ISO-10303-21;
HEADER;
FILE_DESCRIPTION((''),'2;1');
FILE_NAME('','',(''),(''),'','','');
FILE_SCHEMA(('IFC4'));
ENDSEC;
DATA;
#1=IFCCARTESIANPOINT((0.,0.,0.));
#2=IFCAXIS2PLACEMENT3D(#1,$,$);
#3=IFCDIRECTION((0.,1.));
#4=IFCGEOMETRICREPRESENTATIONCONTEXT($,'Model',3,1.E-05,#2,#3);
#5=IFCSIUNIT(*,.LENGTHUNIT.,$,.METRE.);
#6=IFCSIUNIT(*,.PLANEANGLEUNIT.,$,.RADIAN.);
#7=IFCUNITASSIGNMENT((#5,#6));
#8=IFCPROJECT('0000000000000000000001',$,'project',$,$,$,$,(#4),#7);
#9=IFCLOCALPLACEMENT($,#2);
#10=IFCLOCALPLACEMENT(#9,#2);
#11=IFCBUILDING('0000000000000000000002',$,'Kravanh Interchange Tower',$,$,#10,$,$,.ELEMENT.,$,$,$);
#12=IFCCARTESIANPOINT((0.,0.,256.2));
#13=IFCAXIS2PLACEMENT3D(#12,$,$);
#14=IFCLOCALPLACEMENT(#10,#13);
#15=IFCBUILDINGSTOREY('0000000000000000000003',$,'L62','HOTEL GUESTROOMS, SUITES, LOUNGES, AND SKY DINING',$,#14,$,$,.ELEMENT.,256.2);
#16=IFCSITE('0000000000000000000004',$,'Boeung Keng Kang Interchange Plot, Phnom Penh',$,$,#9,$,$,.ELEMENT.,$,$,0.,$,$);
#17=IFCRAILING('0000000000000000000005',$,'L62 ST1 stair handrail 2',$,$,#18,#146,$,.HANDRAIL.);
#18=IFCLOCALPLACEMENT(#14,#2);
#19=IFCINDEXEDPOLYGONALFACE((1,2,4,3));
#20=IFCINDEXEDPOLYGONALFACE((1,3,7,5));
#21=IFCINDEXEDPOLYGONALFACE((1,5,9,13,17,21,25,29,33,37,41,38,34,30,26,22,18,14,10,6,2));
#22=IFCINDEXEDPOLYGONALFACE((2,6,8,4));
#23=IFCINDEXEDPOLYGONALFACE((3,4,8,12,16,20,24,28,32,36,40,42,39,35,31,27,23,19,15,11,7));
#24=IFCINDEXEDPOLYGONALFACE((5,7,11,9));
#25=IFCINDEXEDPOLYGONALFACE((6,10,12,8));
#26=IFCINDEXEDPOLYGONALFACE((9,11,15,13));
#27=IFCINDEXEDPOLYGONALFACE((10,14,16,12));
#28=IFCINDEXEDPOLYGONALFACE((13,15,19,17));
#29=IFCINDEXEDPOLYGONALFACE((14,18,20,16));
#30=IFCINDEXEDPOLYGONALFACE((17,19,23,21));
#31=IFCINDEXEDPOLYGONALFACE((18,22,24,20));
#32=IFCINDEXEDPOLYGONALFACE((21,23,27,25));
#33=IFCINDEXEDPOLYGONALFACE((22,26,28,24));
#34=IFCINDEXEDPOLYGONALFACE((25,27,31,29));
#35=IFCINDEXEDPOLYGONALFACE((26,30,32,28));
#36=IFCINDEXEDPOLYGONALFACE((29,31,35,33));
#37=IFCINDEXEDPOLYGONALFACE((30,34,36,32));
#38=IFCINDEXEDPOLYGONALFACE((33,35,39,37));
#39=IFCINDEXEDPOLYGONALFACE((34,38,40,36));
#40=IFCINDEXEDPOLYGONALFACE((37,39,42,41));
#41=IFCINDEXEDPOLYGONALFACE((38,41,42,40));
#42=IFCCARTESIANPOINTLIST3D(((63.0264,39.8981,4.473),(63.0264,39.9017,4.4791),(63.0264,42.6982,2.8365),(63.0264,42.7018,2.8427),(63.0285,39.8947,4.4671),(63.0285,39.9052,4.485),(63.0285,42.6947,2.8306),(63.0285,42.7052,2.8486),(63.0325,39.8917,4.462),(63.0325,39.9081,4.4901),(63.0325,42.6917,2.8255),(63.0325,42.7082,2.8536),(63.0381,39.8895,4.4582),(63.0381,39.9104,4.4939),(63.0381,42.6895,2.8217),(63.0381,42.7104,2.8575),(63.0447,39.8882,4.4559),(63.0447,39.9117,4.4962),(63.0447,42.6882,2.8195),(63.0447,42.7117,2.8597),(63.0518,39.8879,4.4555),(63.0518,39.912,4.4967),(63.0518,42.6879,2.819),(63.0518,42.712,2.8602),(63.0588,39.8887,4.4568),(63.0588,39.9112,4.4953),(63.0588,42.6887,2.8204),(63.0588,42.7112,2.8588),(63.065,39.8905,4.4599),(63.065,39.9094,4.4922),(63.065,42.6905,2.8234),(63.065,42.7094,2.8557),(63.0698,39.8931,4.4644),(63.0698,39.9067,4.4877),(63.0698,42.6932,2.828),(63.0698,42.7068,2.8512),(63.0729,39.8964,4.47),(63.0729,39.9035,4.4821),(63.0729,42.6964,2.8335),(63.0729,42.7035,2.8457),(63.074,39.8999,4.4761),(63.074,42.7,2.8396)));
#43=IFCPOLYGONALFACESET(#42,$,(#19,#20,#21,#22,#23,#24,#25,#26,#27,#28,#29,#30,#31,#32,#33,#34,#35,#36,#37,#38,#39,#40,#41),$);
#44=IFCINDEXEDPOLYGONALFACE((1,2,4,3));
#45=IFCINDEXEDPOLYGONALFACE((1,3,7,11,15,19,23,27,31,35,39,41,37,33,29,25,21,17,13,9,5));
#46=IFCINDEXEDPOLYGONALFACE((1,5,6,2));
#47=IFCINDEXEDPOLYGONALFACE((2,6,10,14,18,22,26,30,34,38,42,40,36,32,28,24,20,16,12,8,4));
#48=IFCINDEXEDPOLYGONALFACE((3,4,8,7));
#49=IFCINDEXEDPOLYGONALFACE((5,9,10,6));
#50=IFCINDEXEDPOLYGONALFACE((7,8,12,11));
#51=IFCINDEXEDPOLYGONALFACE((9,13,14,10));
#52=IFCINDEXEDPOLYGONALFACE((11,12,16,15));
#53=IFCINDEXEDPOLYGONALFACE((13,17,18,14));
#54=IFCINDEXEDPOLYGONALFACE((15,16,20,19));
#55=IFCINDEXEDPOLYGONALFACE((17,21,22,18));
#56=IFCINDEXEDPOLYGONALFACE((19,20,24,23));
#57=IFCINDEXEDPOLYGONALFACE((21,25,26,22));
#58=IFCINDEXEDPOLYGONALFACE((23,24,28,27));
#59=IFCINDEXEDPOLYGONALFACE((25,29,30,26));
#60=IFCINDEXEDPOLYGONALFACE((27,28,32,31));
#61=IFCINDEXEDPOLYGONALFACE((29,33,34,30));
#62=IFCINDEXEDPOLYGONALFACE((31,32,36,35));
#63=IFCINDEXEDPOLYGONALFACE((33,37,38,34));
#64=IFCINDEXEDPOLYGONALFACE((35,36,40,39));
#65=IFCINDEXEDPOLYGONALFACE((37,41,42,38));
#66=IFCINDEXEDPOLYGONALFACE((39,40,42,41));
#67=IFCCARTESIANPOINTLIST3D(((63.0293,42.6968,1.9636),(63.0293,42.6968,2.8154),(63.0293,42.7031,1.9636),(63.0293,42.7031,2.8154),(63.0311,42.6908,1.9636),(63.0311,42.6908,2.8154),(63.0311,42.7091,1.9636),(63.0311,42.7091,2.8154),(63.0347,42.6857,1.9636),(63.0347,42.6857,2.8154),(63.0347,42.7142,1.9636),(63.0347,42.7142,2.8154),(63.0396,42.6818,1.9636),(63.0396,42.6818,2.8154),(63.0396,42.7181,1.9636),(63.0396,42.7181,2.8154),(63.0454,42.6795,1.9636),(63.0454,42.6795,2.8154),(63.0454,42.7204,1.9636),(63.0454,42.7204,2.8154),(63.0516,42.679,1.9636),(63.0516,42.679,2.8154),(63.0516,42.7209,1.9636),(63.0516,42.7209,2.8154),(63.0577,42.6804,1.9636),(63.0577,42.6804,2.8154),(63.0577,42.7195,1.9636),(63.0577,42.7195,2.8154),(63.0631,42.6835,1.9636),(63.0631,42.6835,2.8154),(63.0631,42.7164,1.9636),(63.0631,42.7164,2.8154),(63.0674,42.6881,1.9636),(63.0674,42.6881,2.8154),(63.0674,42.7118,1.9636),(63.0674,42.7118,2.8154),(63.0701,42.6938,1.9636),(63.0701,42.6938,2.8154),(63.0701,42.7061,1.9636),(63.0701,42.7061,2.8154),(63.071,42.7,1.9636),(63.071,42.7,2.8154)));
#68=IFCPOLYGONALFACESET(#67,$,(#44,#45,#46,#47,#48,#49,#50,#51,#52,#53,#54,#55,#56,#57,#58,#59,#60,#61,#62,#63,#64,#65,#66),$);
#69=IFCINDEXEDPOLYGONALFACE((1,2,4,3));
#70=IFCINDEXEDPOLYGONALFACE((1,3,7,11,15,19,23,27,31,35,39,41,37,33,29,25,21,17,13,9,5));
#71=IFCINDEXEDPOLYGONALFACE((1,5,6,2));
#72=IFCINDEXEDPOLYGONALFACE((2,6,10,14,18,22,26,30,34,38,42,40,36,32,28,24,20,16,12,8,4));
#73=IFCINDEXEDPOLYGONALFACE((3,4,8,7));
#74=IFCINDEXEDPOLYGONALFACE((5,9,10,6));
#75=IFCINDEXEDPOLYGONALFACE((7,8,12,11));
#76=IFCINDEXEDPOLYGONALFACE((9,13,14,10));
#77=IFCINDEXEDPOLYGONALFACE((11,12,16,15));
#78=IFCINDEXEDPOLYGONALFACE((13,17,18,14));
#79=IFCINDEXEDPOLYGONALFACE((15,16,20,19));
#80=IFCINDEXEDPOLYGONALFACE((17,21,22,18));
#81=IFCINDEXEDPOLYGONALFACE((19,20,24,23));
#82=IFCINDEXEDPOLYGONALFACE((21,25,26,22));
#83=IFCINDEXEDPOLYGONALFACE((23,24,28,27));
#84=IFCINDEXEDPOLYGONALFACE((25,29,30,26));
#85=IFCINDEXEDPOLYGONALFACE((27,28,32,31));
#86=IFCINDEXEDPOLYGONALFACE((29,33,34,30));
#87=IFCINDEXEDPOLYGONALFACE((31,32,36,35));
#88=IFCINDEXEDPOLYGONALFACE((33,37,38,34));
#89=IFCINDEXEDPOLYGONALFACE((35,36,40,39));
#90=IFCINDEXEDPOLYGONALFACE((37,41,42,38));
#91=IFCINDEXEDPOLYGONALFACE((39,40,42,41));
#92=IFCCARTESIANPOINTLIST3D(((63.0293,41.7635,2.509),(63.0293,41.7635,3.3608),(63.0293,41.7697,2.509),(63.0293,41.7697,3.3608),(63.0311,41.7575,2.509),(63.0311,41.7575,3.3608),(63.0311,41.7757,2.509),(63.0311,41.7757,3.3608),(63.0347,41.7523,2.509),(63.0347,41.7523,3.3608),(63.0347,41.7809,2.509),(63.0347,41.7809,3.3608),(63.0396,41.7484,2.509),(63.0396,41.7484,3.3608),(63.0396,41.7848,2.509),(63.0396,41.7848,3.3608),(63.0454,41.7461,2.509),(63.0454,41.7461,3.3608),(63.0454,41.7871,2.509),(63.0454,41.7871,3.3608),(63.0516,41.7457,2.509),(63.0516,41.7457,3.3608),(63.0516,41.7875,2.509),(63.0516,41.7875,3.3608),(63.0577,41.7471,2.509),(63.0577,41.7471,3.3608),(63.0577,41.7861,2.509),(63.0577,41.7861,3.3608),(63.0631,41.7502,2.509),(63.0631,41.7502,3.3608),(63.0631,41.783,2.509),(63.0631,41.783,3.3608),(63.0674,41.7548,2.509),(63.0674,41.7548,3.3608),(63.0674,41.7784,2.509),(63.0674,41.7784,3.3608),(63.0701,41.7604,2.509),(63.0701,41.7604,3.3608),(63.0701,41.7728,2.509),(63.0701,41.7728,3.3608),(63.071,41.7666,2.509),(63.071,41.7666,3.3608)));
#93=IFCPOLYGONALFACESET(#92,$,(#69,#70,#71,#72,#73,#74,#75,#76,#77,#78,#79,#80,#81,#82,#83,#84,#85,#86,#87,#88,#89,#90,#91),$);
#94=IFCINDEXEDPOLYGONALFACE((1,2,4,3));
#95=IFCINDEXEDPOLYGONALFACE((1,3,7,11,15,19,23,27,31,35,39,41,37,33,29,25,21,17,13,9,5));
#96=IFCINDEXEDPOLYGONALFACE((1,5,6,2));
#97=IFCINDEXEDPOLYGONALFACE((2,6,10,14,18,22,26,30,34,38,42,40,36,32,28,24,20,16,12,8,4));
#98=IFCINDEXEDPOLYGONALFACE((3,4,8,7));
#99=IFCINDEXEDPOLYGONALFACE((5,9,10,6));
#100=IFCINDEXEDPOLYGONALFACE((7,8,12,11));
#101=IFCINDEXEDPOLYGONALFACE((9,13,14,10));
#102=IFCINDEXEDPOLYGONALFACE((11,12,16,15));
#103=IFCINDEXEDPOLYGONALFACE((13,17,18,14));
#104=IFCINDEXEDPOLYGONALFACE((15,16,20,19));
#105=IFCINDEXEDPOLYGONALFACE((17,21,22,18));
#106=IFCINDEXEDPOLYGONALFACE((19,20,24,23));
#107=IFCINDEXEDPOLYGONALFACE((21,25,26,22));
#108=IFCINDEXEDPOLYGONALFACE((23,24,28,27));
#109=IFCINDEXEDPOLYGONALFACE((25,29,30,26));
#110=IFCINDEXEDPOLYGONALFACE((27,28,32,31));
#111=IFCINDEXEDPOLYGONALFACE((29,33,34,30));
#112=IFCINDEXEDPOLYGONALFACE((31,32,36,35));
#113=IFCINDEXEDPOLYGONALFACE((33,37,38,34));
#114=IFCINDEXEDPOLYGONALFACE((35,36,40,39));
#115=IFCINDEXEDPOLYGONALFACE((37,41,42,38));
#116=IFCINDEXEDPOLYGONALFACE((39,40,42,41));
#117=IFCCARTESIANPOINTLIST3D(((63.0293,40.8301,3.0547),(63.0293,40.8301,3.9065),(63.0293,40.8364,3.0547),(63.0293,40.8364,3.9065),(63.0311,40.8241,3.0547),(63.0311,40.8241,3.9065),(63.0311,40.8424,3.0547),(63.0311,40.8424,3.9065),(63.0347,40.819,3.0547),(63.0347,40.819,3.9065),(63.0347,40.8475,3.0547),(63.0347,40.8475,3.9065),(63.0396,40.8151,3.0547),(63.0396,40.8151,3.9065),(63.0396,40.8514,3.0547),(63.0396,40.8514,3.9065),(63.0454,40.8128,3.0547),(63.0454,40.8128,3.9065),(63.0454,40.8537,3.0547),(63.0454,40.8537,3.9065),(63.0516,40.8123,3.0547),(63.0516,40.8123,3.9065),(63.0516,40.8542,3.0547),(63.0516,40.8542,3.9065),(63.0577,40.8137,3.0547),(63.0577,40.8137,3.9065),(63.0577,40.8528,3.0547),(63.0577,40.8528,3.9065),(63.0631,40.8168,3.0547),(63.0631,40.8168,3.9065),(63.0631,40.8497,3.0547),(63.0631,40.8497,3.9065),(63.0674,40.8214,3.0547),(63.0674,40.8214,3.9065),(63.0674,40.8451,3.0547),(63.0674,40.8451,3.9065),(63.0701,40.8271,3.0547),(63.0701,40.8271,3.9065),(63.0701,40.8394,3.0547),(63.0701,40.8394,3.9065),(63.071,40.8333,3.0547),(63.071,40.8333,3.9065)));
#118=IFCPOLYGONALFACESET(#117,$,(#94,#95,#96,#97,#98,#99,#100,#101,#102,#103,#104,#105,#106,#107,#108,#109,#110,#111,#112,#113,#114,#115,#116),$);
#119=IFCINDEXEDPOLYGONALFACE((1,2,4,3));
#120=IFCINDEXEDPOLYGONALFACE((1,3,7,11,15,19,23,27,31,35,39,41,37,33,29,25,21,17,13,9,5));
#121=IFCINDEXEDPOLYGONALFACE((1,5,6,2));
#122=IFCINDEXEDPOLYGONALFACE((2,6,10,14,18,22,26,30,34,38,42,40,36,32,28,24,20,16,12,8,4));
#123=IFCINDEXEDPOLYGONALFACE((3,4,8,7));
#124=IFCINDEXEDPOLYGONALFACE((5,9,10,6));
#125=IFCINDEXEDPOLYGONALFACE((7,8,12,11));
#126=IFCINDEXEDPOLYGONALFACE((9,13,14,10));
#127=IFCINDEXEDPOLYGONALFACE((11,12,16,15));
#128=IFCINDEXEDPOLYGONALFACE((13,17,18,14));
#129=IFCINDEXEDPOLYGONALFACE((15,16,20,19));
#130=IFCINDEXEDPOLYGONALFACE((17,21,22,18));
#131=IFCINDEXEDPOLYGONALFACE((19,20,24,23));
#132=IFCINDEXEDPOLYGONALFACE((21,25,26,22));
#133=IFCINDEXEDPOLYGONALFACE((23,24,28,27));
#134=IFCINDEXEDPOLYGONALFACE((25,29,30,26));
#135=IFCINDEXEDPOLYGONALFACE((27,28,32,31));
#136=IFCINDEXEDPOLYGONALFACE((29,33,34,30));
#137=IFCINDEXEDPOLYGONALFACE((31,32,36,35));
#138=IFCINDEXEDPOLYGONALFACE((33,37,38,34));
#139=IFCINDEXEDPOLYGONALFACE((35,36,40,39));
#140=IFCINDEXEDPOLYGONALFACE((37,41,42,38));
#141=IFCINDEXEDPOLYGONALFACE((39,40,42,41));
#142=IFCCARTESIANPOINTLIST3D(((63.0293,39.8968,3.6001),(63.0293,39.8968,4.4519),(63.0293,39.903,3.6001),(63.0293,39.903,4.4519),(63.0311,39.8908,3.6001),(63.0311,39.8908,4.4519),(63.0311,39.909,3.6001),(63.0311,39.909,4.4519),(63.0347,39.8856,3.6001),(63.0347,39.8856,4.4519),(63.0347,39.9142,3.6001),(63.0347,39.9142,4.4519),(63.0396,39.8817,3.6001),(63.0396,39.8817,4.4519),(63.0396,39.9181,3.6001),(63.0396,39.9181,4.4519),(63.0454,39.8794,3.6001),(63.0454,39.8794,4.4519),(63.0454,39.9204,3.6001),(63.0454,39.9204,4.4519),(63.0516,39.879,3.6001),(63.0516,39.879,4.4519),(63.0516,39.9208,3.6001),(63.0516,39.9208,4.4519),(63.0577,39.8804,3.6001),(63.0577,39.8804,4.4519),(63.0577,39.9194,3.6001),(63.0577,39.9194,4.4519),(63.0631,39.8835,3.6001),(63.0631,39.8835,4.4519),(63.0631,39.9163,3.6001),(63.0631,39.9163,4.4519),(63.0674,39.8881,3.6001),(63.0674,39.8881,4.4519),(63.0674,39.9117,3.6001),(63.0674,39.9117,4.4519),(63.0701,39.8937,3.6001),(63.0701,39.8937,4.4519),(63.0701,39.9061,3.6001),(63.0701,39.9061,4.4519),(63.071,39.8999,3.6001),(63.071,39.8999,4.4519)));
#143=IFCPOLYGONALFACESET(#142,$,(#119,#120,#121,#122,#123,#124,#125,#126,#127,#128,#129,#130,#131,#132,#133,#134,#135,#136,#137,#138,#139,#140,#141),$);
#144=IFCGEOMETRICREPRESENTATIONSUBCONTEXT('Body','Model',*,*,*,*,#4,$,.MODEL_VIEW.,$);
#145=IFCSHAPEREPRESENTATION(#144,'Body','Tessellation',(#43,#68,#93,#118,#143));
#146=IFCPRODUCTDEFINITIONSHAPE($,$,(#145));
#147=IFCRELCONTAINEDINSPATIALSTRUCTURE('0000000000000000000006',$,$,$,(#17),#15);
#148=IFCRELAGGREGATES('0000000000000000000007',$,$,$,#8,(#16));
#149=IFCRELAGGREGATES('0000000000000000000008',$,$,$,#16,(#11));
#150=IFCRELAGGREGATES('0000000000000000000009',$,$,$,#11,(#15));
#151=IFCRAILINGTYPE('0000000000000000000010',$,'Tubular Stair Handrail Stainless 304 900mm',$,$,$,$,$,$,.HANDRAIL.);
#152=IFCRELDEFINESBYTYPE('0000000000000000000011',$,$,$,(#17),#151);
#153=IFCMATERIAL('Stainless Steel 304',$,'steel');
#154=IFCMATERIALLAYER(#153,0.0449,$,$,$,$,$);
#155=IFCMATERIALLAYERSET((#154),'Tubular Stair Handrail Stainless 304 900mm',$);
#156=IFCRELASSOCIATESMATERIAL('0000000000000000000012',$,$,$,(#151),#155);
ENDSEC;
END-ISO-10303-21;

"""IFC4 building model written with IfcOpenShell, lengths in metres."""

from ifc_helpers import new_model, si_unit, direction, frame, origin, origin_2d, place, context, subcontext, project, spatial, circle, extrude, material, layer, layer_set, type_object, element, save


model = new_model("IFC4")

# Units and contexts
model_context = context("Model", 3, precision=1e-05, world=origin(), true_north=direction((0.0, 1.0)))
body_context = subcontext(model_context, "Body", "Model", "MODEL_VIEW")
ifc_project = project(units=[si_unit("LENGTHUNIT", "METRE"), si_unit("PLANEANGLEUNIT", "RADIAN")], contexts=[model_context])

# Site, building, storey
site_placement = place(None, origin())
site = spatial("IfcSite", under=ifc_project, at=site_placement, Name="Boeung Keng Kang Interchange Plot, Phnom Penh", CompositionType="ELEMENT", RefElevation=0.0)
building_placement = place(site_placement, origin())
building = spatial("IfcBuilding", under=site, at=building_placement, Name="Kravanh Interchange Tower", CompositionType="ELEMENT")
storey_placement = place(building_placement, frame((0.0, 0.0, 256.2)))
storey = spatial("IfcBuildingStorey", under=building, at=storey_placement, Name="L62", Description="HOTEL GUESTROOMS, SUITES, LOUNGES, AND SKY DINING", CompositionType="ELEMENT", Elevation=256.2)

# Railing
ifc_material_1 = material(Name="Stainless Steel 304", Category="steel")
ifc_layer_1 = layer(ifc_material_1, 0.0449)
ifc_layer_set_1 = layer_set([ifc_layer_1], Name="Tubular Stair Handrail Stainless 304 900mm")
railing_type_1 = type_object("IfcRailingType", Name="Tubular Stair Handrail Stainless 304 900mm", PredefinedType="HANDRAIL", material=ifc_layer_set_1)
railing_1_placement = place(storey_placement, frame((63.05, 42.7, 1.9636)))
element("IfcRailing", 1, at=railing_1_placement, inside=storey, type_object=railing_type_1, Name="L62 ST1 stair handrail 2", PredefinedType="HANDRAIL", context=body_context, shape_type="SweptSolid", body=[
    extrude(circle(Radius=0.0239, at=origin_2d()), frame((0.0, 0.0, 0.876), z_axis=(0.0, -0.863361, 0.504587), x_axis=(1.0, 0.0, 0.0)), (0.0, 0.0, 1.0), 3.2432),
    extrude(circle(Radius=0.021, at=origin_2d()), origin(), (0.0, 0.0, 1.0), 0.8518),
    extrude(circle(Radius=0.021, at=origin_2d()), frame((0.0, -0.9333, 0.5454)), (0.0, 0.0, 1.0), 0.8518),
    extrude(circle(Radius=0.021, at=origin_2d()), frame((0.0, -1.8667, 1.0911)), (0.0, 0.0, 1.0), 0.8518),
    extrude(circle(Radius=0.021, at=origin_2d()), frame((0.0, -2.8, 1.6365)), (0.0, 0.0, 1.0), 0.8518),
])

save(model, "model.ifc")
